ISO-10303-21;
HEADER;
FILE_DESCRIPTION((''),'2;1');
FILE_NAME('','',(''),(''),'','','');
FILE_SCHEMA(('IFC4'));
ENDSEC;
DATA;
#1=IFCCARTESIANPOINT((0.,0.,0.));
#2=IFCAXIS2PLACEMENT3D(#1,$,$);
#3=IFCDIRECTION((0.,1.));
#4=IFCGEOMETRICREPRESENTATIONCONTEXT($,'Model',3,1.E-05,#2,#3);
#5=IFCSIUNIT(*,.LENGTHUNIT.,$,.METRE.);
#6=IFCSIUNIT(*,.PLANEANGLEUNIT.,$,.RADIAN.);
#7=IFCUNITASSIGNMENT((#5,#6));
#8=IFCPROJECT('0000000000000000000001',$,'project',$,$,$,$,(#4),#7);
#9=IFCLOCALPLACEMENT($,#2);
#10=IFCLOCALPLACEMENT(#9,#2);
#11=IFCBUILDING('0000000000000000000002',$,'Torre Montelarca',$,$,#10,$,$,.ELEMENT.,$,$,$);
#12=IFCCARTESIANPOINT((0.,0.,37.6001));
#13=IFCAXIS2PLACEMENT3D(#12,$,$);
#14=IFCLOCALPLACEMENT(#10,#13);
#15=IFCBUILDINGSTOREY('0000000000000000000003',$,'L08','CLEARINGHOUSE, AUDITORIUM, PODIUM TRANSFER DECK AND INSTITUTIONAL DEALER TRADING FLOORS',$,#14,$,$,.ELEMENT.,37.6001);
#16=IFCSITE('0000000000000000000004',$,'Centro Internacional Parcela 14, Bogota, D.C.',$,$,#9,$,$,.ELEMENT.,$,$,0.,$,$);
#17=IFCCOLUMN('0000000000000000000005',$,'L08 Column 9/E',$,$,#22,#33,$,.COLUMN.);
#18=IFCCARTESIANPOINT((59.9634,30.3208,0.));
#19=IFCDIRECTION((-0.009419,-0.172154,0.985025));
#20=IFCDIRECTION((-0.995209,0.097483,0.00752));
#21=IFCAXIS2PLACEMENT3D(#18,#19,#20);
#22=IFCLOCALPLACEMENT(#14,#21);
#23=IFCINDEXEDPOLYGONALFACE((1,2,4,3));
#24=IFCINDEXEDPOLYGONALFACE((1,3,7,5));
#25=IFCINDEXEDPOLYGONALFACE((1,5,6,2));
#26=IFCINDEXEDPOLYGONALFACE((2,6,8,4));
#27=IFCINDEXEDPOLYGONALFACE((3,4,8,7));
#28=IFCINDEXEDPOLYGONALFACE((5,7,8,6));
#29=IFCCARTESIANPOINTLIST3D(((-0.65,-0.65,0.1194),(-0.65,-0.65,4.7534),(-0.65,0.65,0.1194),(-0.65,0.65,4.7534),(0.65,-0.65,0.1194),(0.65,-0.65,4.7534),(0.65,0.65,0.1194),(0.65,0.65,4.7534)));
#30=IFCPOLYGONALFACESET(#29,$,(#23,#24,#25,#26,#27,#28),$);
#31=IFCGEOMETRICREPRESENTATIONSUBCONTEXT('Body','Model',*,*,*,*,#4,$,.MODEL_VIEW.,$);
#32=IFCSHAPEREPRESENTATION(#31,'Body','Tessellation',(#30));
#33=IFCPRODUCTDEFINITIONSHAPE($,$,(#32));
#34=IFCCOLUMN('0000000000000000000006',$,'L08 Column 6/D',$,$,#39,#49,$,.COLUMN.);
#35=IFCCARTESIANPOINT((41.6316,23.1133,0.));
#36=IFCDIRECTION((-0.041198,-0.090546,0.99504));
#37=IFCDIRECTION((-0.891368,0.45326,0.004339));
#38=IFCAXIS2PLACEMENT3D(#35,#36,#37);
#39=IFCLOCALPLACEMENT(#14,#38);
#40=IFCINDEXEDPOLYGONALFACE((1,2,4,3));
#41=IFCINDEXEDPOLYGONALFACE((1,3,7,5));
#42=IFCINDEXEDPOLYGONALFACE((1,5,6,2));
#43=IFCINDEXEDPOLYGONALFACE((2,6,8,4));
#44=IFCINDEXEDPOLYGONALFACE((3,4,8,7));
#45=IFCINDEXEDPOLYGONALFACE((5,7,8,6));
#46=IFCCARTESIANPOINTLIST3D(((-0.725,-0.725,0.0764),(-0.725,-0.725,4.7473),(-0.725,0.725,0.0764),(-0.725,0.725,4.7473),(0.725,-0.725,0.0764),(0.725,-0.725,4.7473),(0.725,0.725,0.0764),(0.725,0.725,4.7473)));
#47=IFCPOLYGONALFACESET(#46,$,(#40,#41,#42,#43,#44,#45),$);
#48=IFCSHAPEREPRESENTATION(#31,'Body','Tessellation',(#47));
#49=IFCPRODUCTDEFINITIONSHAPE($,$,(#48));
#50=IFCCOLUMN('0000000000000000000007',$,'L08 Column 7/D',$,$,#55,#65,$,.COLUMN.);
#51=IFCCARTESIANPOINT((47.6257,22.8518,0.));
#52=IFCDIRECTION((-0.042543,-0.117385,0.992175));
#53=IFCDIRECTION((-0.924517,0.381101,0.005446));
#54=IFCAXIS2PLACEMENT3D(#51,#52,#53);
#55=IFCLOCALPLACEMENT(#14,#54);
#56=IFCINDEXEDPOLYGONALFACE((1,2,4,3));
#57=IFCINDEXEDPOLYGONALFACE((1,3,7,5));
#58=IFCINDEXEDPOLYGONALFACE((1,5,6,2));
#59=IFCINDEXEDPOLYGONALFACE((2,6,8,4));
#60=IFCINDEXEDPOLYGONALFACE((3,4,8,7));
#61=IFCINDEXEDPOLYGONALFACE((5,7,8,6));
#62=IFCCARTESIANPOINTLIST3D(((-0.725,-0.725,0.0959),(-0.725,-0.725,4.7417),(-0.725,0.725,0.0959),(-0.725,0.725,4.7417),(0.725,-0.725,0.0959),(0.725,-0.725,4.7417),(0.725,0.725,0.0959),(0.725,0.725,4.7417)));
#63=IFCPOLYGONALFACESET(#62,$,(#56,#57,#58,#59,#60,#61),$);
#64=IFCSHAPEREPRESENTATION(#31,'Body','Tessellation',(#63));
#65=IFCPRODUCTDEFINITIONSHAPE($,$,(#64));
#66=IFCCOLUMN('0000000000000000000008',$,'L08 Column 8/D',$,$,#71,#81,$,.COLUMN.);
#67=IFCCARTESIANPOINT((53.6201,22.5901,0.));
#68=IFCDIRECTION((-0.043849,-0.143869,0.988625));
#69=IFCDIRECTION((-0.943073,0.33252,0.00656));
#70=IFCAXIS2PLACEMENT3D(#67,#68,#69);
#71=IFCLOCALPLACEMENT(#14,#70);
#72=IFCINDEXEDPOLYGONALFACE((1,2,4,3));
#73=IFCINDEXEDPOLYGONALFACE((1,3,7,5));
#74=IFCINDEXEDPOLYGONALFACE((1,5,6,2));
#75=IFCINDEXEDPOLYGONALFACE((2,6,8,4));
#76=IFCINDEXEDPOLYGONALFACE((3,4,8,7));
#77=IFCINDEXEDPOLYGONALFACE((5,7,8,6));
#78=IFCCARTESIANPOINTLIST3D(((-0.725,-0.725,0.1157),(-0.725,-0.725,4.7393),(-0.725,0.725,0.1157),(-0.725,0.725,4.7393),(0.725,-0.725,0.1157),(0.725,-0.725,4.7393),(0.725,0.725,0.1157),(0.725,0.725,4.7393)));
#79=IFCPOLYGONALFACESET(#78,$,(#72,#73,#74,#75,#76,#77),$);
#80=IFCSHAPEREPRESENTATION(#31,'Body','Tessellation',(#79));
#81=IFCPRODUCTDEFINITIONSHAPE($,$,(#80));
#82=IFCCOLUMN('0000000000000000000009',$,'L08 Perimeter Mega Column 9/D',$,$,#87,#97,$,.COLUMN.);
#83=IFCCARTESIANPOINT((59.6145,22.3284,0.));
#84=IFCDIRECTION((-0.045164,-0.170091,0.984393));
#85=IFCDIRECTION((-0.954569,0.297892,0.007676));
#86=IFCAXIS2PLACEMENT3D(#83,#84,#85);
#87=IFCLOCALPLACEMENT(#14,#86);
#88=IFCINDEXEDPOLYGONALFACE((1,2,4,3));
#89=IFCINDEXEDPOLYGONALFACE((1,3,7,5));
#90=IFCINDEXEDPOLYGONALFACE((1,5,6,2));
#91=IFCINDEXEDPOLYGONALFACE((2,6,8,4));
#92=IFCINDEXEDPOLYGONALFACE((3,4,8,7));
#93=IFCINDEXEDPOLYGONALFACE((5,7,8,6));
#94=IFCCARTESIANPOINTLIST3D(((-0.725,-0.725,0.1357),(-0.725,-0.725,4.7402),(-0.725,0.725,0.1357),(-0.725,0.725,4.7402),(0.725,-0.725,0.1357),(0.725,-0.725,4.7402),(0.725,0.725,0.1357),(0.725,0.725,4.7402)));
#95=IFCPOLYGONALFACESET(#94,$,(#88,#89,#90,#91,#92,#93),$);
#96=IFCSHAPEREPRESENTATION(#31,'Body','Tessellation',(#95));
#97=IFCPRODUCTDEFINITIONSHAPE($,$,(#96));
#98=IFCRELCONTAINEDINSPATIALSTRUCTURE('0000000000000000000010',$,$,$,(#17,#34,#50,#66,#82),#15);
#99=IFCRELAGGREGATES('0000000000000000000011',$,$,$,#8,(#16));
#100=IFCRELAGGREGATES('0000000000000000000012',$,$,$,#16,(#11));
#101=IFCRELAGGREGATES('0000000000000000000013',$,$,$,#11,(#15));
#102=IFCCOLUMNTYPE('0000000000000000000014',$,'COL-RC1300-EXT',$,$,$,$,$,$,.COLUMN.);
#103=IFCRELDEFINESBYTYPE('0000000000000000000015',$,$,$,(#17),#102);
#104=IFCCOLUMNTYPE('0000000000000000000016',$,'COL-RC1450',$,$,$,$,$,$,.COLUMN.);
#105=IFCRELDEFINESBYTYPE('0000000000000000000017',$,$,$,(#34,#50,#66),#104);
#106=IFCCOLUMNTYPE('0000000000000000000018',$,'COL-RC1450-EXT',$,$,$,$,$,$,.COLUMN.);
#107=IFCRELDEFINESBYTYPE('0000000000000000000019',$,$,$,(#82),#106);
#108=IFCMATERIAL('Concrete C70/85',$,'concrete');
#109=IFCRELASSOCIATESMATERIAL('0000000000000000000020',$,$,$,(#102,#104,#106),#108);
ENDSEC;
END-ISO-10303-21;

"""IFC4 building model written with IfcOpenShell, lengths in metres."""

from ifc_helpers import new_model, si_unit, direction, frame, origin, origin_2d, place, context, subcontext, project, spatial, rectangle, extrude, clip, halfspace, material, material_profile, profile_set, type_object, element, save


model = new_model("IFC4")

# Units and contexts
model_context = context("Model", 3, precision=1e-05, world=origin(), true_north=direction((0.0, 1.0)))
body_context = subcontext(model_context, "Body", "Model", "MODEL_VIEW")
ifc_project = project(units=[si_unit("LENGTHUNIT", "METRE"), si_unit("PLANEANGLEUNIT", "RADIAN")], contexts=[model_context])

# Site, building, storey
site_placement = place(None, origin())
site = spatial("IfcSite", under=ifc_project, at=site_placement, Name="Centro Internacional Parcela 14, Bogota, D.C.", CompositionType="ELEMENT", RefElevation=0.0)
building_placement = place(site_placement, origin())
building = spatial("IfcBuilding", under=site, at=building_placement, Name="Torre Montelarca", CompositionType="ELEMENT")
storey_placement = place(building_placement, frame((0.0, 0.0, 37.6001)))
storey = spatial("IfcBuildingStorey", under=building, at=storey_placement, Name="L08", Description="CLEARINGHOUSE, AUDITORIUM, PODIUM TRANSFER DECK AND INSTITUTIONAL DEALER TRADING FLOORS", CompositionType="ELEMENT", Elevation=37.6001)

# Columns
ifc_material_1 = material(Name="Concrete C70/85", Category="concrete")
ifc_material_profile_1 = material_profile(ifc_material_1, rectangle(XDim=1.3, YDim=1.3, at=origin_2d()), Name="RC1300X1300", Category="concrete")
ifc_profile_set_1 = profile_set([ifc_material_profile_1], Name="Concrete C70/85")
column_type_1 = type_object("IfcColumnType", Name="COL-RC1300-EXT", PredefinedType="COLUMN", material=ifc_profile_set_1)
column_1_placement = place(storey_placement, frame((59.9634, 30.3208, 0.0), z_axis=(-0.009419, -0.172154, 0.985025), x_axis=(-0.995209, 0.097483, 0.00752)))
element("IfcColumn", 1, at=column_1_placement, inside=storey, type_object=column_type_1, Name="L08 Column 9/E", PredefinedType="COLUMN", context=body_context, shape_type="Clipping", body=[
    clip(clip(extrude(rectangle(XDim=1.3, YDim=1.3, at=origin_2d()), origin(), (0.0, 0.0, 1.0), 4.8728), halfspace(frame((0.0, 0.0, 0.1194), z_axis=(0.0, 0.0, -1.0), x_axis=(1.0, 0.0, 0.0)), False)), halfspace(frame((0.0, 0.0, 4.7534), z_axis=(0.0, 0.0, 1.0), x_axis=(1.0, 0.0, 0.0)), False)),
])
ifc_material_profile_2 = material_profile(ifc_material_1, rectangle(XDim=1.45, YDim=1.45, at=origin_2d()), Name="RC1450X1450", Category="concrete")
ifc_profile_set_2 = profile_set([ifc_material_profile_2], Name="Concrete C70/85")
column_type_2 = type_object("IfcColumnType", Name="COL-RC1450", PredefinedType="COLUMN", material=ifc_profile_set_2)
column_2_placement = place(storey_placement, frame((41.6316, 23.1133, 0.0), z_axis=(-0.041198, -0.090546, 0.99504), x_axis=(-0.891368, 0.45326, 0.004339)))
element("IfcColumn", 2, at=column_2_placement, inside=storey, type_object=column_type_2, Name="L08 Column 6/D", PredefinedType="COLUMN", context=body_context, shape_type="Clipping", body=[
    clip(clip(extrude(rectangle(XDim=1.45, YDim=1.45, at=origin_2d()), origin(), (0.0, 0.0, 1.0), 4.8237), halfspace(frame((0.0, 0.0, 0.0764), z_axis=(0.0, 0.0, -1.0), x_axis=(1.0, 0.0, 0.0)), False)), halfspace(frame((0.0, 0.0, 4.7473), z_axis=(0.0, 0.0, 1.0), x_axis=(1.0, 0.0, 0.0)), False)),
])
column_3_placement = place(storey_placement, frame((47.6257, 22.8518, 0.0), z_axis=(-0.042543, -0.117385, 0.992175), x_axis=(-0.924517, 0.381101, 0.005446)))
element("IfcColumn", 3, at=column_3_placement, inside=storey, type_object=column_type_2, Name="L08 Column 7/D", PredefinedType="COLUMN", context=body_context, shape_type="Clipping", body=[
    clip(clip(extrude(rectangle(XDim=1.45, YDim=1.45, at=origin_2d()), origin(), (0.0, 0.0, 1.0), 4.8376), halfspace(frame((0.0, 0.0, 0.0959), z_axis=(0.0, 0.0, -1.0), x_axis=(1.0, 0.0, 0.0)), False)), halfspace(frame((0.0, 0.0, 4.7417), z_axis=(0.0, 0.0, 1.0), x_axis=(1.0, 0.0, 0.0)), False)),
])
column_4_placement = place(storey_placement, frame((53.6201, 22.5901, 0.0), z_axis=(-0.043849, -0.143869, 0.988625), x_axis=(-0.943073, 0.33252, 0.00656)))
element("IfcColumn", 4, at=column_4_placement, inside=storey, type_object=column_type_2, Name="L08 Column 8/D", PredefinedType="COLUMN", context=body_context, shape_type="Clipping", body=[
    clip(clip(extrude(rectangle(XDim=1.45, YDim=1.45, at=origin_2d()), origin(), (0.0, 0.0, 1.0), 4.855), halfspace(frame((0.0, 0.0, 0.1157), z_axis=(0.0, 0.0, -1.0), x_axis=(1.0, 0.0, 0.0)), False)), halfspace(frame((0.0, 0.0, 4.7393), z_axis=(0.0, 0.0, 1.0), x_axis=(1.0, 0.0, 0.0)), False)),
])
ifc_material_profile_3 = material_profile(ifc_material_1, rectangle(XDim=1.45, YDim=1.45, at=origin_2d()), Name="RC1450X1450", Category="concrete")
ifc_profile_set_3 = profile_set([ifc_material_profile_3], Name="Concrete C70/85")
column_type_3 = type_object("IfcColumnType", Name="COL-RC1450-EXT", PredefinedType="COLUMN", material=ifc_profile_set_3)
column_5_placement = place(storey_placement, frame((59.6145, 22.3284, 0.0), z_axis=(-0.045164, -0.170091, 0.984393), x_axis=(-0.954569, 0.297892, 0.007676)))
element("IfcColumn", 5, at=column_5_placement, inside=storey, type_object=column_type_3, Name="L08 Perimeter Mega Column 9/D", PredefinedType="COLUMN", context=body_context, shape_type="Clipping", body=[
    clip(clip(extrude(rectangle(XDim=1.45, YDim=1.45, at=origin_2d()), origin(), (0.0, 0.0, 1.0), 4.876), halfspace(frame((0.0, 0.0, 0.1357), z_axis=(0.0, 0.0, -1.0), x_axis=(1.0, 0.0, 0.0)), False)), halfspace(frame((0.0, 0.0, 4.7402), z_axis=(0.0, 0.0, 1.0), x_axis=(1.0, 0.0, 0.0)), False)),
])

save(model, "model.ifc")
